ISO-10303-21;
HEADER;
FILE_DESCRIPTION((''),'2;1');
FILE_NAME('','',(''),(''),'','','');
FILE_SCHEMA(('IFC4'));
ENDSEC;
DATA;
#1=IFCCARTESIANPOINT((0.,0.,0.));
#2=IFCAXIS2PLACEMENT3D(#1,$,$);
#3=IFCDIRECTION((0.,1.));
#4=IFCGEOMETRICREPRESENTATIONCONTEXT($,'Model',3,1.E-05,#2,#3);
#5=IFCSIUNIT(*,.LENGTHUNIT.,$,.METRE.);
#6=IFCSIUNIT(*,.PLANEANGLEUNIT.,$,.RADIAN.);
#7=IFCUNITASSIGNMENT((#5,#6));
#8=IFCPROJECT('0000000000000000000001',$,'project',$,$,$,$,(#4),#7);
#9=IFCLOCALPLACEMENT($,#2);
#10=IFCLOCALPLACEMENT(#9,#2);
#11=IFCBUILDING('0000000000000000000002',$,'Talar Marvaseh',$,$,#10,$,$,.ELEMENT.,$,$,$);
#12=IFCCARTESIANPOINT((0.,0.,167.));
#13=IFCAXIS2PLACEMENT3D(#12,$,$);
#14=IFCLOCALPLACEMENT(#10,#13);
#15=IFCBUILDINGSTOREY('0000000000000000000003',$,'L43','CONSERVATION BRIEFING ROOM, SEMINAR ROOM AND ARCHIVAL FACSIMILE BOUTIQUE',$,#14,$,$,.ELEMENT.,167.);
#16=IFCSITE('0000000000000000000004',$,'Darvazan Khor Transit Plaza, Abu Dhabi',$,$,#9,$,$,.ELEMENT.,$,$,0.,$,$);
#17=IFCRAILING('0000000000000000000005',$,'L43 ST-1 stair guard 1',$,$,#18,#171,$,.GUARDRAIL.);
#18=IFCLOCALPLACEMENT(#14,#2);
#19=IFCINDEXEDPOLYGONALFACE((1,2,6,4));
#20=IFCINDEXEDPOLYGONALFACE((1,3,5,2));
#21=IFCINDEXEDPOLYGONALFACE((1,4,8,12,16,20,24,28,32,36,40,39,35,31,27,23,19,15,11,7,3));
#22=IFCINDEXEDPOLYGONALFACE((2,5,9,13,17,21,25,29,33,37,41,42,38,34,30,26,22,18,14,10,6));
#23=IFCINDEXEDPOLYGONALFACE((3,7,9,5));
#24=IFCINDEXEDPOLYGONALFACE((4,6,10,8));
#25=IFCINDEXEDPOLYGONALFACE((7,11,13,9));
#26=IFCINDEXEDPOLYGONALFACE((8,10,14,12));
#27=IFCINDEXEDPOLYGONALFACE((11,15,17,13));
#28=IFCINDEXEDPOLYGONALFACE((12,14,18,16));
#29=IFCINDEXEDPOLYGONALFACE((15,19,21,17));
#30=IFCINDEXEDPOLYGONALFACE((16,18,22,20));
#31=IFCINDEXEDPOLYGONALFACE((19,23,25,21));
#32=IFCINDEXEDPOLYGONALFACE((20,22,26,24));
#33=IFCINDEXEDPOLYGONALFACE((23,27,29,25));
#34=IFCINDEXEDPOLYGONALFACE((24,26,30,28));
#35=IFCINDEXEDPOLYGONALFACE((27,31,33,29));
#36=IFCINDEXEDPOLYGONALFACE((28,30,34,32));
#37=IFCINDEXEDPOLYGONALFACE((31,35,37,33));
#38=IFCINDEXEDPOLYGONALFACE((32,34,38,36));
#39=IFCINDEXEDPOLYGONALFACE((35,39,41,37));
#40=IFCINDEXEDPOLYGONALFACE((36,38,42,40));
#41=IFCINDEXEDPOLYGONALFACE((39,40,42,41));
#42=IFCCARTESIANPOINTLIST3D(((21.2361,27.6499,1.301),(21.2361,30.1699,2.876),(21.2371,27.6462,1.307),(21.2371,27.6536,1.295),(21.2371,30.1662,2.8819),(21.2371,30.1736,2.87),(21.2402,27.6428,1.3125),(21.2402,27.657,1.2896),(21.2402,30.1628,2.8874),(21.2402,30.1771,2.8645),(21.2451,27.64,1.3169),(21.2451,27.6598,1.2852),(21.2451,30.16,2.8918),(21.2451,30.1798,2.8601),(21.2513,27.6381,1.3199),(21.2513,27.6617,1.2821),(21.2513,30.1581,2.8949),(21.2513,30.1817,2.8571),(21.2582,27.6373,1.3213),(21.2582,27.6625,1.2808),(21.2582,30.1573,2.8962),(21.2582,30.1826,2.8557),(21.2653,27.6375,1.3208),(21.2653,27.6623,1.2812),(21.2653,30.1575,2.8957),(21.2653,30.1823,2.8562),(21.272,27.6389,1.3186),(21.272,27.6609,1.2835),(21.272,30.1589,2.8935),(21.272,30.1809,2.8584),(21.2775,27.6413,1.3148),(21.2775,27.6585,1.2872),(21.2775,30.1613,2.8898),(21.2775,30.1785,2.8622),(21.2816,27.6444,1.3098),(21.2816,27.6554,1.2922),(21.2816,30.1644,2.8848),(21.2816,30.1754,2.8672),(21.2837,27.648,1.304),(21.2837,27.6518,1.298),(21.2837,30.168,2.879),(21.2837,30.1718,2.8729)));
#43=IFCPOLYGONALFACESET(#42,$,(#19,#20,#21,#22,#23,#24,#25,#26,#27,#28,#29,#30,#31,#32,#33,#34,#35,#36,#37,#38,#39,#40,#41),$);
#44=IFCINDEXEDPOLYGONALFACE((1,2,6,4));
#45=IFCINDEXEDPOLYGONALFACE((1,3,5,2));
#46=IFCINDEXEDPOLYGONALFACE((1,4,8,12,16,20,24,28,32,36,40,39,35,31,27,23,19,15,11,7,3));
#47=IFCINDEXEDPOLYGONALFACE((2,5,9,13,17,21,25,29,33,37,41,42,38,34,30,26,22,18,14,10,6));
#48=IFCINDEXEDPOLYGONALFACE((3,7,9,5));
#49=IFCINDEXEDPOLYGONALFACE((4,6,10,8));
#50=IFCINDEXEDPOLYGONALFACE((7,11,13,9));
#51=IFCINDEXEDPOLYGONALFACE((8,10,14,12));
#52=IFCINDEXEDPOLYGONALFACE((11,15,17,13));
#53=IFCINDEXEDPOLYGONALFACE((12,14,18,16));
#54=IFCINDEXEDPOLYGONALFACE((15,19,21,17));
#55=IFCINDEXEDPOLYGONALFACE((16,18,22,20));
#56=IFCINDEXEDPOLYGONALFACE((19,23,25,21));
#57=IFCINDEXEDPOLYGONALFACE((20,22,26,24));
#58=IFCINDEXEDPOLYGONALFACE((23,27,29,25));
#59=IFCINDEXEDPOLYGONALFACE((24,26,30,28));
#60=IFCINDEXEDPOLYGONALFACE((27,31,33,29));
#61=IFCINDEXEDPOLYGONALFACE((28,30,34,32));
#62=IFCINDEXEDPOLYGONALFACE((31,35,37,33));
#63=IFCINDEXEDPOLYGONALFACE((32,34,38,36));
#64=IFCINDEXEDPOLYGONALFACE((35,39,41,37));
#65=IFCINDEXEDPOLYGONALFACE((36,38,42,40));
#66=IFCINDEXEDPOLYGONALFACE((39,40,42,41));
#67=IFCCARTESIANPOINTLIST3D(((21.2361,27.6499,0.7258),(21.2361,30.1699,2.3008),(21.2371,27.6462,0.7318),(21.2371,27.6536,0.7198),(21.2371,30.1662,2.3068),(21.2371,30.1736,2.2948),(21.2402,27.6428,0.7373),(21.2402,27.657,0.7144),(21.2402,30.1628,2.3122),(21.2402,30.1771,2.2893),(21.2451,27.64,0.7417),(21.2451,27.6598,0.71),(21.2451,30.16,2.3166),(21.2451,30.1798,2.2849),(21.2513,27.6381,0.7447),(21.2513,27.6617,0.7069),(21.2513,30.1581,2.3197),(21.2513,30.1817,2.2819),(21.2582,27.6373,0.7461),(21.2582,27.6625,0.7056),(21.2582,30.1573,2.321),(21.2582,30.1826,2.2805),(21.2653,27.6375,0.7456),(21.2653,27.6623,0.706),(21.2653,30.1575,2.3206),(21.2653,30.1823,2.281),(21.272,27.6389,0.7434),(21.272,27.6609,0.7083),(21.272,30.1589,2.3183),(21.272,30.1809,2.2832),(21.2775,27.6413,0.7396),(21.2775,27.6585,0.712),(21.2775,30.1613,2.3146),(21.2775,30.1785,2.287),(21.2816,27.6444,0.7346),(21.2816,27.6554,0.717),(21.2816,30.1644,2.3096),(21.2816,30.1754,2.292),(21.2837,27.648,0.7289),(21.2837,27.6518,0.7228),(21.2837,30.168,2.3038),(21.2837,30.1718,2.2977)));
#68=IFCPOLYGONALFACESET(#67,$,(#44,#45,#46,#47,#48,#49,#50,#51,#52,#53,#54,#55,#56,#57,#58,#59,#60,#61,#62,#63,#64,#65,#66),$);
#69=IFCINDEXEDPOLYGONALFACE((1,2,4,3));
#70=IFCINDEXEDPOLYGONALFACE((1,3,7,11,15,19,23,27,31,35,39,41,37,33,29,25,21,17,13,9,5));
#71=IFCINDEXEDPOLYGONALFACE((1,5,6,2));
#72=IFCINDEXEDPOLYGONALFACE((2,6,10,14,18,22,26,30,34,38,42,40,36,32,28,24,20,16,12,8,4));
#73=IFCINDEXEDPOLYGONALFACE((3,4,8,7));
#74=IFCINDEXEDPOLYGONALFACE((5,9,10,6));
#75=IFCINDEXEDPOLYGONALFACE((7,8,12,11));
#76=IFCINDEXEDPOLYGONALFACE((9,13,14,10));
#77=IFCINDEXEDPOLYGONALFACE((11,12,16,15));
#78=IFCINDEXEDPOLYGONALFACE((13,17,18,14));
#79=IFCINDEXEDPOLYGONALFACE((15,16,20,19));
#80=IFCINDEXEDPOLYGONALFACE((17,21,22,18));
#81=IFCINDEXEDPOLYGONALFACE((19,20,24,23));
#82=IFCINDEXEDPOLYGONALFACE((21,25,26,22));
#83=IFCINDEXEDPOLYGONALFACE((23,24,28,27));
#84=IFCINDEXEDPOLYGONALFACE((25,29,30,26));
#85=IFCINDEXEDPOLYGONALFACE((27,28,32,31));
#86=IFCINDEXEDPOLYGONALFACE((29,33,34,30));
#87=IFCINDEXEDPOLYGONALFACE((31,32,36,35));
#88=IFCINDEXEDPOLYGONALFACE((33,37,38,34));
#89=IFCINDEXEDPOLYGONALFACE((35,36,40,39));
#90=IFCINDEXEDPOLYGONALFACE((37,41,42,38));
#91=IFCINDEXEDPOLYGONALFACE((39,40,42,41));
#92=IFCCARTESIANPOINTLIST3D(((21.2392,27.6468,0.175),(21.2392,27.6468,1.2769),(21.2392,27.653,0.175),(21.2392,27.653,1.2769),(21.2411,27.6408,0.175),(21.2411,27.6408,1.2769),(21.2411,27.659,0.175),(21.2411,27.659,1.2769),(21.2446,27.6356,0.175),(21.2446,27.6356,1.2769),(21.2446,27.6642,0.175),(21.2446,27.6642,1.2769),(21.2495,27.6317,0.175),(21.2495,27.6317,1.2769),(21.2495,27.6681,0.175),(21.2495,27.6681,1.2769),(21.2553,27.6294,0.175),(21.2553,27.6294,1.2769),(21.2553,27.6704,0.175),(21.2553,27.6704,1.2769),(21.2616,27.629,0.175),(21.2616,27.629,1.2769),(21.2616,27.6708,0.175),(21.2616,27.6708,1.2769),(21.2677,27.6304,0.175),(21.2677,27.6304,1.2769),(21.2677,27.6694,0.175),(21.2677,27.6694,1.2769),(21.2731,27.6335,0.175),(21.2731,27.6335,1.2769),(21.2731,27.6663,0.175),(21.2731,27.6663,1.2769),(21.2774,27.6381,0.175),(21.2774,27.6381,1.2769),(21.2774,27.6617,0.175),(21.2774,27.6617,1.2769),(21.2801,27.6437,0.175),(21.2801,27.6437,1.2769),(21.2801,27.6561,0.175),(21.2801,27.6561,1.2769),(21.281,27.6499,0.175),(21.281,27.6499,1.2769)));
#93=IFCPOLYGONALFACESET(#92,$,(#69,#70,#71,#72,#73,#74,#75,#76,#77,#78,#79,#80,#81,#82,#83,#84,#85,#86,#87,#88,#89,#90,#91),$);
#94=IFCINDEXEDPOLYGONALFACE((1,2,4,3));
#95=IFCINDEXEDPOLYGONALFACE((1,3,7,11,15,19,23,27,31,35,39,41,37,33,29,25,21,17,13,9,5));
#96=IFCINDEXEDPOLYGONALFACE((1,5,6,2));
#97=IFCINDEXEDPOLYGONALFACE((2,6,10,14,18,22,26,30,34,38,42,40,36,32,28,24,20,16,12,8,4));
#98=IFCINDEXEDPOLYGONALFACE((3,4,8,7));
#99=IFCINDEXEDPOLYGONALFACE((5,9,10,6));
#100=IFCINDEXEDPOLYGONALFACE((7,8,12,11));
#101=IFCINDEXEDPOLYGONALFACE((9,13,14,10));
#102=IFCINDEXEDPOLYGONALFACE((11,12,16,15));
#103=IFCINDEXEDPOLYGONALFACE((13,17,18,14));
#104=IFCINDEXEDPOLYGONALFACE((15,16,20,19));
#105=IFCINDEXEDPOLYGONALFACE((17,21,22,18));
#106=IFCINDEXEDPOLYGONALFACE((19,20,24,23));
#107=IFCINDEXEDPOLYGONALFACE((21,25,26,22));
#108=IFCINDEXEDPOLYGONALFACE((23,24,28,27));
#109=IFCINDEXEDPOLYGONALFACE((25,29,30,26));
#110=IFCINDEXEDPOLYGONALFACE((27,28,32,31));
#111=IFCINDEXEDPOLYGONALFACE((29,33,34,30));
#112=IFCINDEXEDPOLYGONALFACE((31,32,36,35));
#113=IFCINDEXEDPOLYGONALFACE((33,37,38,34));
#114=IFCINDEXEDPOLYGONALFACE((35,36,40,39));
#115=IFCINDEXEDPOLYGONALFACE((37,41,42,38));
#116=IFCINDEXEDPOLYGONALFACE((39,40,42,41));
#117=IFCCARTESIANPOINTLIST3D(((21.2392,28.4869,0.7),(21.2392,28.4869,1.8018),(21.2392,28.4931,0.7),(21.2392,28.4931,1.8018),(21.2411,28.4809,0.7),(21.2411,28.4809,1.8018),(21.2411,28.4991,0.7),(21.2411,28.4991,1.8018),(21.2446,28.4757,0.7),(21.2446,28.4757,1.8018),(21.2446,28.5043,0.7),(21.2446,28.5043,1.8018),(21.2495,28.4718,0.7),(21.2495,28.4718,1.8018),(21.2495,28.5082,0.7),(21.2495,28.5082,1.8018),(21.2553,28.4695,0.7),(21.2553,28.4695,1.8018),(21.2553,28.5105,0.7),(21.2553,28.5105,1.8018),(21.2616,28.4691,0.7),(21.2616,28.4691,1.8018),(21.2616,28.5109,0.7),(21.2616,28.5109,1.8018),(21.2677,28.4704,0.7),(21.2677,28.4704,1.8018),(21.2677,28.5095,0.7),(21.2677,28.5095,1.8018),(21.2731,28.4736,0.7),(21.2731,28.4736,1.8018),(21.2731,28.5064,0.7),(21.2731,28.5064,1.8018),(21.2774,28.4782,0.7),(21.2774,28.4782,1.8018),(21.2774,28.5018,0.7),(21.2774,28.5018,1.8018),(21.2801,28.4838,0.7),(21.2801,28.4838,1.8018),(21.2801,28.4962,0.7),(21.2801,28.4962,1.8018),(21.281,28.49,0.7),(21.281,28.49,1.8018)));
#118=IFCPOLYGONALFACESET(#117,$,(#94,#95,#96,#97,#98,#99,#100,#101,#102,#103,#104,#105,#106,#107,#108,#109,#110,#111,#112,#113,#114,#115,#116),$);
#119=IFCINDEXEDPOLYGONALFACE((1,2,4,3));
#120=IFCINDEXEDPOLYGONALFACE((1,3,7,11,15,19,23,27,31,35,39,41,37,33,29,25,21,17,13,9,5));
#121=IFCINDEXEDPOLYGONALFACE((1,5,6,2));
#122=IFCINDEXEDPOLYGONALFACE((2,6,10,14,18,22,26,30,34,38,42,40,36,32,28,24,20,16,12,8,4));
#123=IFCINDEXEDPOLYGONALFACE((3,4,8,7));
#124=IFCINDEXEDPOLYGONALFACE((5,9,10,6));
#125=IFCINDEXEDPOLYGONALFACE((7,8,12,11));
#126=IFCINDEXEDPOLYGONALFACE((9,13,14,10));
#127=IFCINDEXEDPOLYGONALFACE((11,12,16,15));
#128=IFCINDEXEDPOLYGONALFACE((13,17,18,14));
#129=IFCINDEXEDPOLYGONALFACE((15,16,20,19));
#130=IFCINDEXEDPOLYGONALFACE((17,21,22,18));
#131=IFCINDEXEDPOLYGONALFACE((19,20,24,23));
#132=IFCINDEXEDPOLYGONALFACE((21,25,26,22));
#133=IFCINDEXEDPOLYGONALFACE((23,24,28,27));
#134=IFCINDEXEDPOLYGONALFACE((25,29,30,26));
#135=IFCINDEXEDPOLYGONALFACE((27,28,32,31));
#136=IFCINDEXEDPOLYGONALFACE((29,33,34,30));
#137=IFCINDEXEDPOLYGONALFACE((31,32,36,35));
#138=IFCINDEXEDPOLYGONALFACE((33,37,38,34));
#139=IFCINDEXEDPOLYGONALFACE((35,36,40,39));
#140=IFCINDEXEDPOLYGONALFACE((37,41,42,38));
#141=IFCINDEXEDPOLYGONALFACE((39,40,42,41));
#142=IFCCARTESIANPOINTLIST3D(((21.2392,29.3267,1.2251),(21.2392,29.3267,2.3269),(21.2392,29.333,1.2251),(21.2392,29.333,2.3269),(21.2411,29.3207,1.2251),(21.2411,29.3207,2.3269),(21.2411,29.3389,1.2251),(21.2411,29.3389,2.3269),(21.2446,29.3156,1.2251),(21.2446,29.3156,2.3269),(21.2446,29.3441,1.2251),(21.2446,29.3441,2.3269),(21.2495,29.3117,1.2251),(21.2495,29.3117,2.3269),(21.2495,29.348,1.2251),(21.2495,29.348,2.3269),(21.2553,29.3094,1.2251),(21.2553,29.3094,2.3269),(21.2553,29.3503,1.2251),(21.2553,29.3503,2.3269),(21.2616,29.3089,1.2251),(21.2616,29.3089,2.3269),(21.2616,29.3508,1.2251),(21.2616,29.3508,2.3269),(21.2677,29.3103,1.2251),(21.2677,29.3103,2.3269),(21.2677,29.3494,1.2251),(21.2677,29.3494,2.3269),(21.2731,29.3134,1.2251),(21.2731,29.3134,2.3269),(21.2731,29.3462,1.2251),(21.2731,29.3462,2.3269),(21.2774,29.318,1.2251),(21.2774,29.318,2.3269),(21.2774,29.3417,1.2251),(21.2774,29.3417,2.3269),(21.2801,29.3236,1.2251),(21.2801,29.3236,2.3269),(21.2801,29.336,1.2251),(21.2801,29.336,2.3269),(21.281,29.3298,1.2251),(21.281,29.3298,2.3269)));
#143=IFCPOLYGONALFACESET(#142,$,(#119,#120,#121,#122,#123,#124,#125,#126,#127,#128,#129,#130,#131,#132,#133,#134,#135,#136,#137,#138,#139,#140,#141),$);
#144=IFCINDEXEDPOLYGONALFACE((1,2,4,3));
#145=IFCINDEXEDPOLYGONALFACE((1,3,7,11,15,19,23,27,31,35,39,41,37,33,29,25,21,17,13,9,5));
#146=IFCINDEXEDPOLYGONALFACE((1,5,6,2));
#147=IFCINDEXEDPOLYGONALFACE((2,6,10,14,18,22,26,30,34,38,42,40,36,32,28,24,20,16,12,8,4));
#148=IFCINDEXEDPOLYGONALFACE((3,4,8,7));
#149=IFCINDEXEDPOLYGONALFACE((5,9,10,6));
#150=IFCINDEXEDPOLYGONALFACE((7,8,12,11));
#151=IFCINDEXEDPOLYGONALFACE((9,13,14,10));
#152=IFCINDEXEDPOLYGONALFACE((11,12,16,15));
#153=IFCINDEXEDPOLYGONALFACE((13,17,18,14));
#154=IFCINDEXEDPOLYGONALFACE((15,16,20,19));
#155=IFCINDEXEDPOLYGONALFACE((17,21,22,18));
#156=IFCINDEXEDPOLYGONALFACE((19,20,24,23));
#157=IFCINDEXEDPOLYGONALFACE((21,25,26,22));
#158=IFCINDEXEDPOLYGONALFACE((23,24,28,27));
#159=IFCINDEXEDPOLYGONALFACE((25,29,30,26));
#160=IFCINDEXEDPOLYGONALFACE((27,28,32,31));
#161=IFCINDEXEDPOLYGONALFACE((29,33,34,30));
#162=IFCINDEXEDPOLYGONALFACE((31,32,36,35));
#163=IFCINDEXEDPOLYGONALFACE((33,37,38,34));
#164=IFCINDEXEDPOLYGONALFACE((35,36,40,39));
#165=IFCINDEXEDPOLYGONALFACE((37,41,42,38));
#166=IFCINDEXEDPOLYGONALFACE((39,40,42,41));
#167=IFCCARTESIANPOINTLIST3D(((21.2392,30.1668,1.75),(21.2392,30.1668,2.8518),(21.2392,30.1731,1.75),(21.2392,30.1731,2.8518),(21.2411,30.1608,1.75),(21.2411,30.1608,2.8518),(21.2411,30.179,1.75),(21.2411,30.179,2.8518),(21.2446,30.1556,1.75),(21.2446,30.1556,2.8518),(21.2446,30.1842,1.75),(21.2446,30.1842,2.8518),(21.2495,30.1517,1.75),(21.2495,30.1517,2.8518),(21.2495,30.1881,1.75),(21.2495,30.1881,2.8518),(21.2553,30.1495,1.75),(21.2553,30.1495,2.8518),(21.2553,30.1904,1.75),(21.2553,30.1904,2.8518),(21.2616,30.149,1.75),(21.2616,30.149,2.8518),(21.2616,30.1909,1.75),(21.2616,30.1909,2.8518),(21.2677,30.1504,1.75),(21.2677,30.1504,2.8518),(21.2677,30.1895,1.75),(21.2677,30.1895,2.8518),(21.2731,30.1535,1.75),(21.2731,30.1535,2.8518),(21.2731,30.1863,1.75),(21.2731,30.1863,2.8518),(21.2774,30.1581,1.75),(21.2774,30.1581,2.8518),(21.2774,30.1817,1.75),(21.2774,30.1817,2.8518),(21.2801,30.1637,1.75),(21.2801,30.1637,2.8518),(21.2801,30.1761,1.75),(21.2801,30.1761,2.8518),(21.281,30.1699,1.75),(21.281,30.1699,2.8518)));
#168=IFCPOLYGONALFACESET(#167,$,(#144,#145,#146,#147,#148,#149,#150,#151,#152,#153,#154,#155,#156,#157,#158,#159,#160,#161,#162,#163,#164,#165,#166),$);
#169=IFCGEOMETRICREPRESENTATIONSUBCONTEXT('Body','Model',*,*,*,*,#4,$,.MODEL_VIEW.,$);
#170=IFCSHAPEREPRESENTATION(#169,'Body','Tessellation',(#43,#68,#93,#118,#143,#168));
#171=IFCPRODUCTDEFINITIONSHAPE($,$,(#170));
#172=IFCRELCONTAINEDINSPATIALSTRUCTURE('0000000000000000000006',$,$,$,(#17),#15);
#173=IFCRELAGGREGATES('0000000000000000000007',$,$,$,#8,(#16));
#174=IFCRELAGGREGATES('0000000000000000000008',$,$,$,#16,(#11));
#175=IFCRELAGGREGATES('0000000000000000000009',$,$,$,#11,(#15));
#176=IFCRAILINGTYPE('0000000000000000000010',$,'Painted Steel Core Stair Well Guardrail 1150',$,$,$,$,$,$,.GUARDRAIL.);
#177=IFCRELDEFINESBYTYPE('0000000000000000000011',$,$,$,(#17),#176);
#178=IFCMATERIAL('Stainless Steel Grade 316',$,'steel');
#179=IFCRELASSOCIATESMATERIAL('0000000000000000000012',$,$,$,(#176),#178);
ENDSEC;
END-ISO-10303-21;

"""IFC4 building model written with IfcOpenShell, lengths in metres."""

from ifc_helpers import new_model, si_unit, direction, frame, origin, origin_2d, place, context, subcontext, project, spatial, circle, extrude, material, type_object, element, save


model = new_model("IFC4")

# Units and contexts
model_context = context("Model", 3, precision=1e-05, world=origin(), true_north=direction((0.0, 1.0)))
body_context = subcontext(model_context, "Body", "Model", "MODEL_VIEW")
ifc_project = project(units=[si_unit("LENGTHUNIT", "METRE"), si_unit("PLANEANGLEUNIT", "RADIAN")], contexts=[model_context])

# Site, building, storey
site_placement = place(None, origin())
site = spatial("IfcSite", under=ifc_project, at=site_placement, Name="Darvazan Khor Transit Plaza, Abu Dhabi", CompositionType="ELEMENT", RefElevation=0.0)
building_placement = place(site_placement, origin())
building = spatial("IfcBuilding", under=site, at=building_placement, Name="Talar Marvaseh", CompositionType="ELEMENT")
storey_placement = place(building_placement, frame((0.0, 0.0, 167.0)))
storey = spatial("IfcBuildingStorey", under=building, at=storey_placement, Name="L43", Description="CONSERVATION BRIEFING ROOM, SEMINAR ROOM AND ARCHIVAL FACSIMILE BOUTIQUE", CompositionType="ELEMENT", Elevation=167.0)

# Railing
ifc_material_1 = material(Name="Stainless Steel Grade 316", Category="steel")
railing_type_1 = type_object("IfcRailingType", Name="Painted Steel Core Stair Well Guardrail 1150", PredefinedType="GUARDRAIL", material=ifc_material_1)
railing_1_placement = place(storey_placement, frame((21.26, 27.6499, 0.175)))
element("IfcRailing", 1, at=railing_1_placement, inside=storey, type_object=railing_type_1, Name="L43 ST-1 stair guard 1", PredefinedType="GUARDRAIL", context=body_context, shape_type="SweptSolid", body=[
    extrude(circle(Radius=0.0239, at=origin_2d()), frame((0.0, 0.0, 1.126), z_axis=(0.0, 0.848008, 0.529984), x_axis=(-1.0, 0.0, 0.0)), (0.0, 0.0, 1.0), 2.9717),
    extrude(circle(Radius=0.0239, at=origin_2d()), frame((0.0, 0.0, 0.5508), z_axis=(0.0, 0.848008, 0.529984), x_axis=(-1.0, 0.0, 0.0)), (0.0, 0.0, 1.0), 2.9717),
    extrude(circle(Radius=0.021, at=origin_2d()), origin(), (0.0, 0.0, 1.0), 1.1018),
    extrude(circle(Radius=0.021, at=origin_2d()), frame((0.0, 0.8401, 0.5249)), (0.0, 0.0, 1.0), 1.1018),
    extrude(circle(Radius=0.021, at=origin_2d()), frame((0.0, 1.6799, 1.05)), (0.0, 0.0, 1.0), 1.1018),
    extrude(circle(Radius=0.021, at=origin_2d()), frame((0.0, 2.52, 1.575)), (0.0, 0.0, 1.0), 1.1018),
])

save(model, "model.ifc")
